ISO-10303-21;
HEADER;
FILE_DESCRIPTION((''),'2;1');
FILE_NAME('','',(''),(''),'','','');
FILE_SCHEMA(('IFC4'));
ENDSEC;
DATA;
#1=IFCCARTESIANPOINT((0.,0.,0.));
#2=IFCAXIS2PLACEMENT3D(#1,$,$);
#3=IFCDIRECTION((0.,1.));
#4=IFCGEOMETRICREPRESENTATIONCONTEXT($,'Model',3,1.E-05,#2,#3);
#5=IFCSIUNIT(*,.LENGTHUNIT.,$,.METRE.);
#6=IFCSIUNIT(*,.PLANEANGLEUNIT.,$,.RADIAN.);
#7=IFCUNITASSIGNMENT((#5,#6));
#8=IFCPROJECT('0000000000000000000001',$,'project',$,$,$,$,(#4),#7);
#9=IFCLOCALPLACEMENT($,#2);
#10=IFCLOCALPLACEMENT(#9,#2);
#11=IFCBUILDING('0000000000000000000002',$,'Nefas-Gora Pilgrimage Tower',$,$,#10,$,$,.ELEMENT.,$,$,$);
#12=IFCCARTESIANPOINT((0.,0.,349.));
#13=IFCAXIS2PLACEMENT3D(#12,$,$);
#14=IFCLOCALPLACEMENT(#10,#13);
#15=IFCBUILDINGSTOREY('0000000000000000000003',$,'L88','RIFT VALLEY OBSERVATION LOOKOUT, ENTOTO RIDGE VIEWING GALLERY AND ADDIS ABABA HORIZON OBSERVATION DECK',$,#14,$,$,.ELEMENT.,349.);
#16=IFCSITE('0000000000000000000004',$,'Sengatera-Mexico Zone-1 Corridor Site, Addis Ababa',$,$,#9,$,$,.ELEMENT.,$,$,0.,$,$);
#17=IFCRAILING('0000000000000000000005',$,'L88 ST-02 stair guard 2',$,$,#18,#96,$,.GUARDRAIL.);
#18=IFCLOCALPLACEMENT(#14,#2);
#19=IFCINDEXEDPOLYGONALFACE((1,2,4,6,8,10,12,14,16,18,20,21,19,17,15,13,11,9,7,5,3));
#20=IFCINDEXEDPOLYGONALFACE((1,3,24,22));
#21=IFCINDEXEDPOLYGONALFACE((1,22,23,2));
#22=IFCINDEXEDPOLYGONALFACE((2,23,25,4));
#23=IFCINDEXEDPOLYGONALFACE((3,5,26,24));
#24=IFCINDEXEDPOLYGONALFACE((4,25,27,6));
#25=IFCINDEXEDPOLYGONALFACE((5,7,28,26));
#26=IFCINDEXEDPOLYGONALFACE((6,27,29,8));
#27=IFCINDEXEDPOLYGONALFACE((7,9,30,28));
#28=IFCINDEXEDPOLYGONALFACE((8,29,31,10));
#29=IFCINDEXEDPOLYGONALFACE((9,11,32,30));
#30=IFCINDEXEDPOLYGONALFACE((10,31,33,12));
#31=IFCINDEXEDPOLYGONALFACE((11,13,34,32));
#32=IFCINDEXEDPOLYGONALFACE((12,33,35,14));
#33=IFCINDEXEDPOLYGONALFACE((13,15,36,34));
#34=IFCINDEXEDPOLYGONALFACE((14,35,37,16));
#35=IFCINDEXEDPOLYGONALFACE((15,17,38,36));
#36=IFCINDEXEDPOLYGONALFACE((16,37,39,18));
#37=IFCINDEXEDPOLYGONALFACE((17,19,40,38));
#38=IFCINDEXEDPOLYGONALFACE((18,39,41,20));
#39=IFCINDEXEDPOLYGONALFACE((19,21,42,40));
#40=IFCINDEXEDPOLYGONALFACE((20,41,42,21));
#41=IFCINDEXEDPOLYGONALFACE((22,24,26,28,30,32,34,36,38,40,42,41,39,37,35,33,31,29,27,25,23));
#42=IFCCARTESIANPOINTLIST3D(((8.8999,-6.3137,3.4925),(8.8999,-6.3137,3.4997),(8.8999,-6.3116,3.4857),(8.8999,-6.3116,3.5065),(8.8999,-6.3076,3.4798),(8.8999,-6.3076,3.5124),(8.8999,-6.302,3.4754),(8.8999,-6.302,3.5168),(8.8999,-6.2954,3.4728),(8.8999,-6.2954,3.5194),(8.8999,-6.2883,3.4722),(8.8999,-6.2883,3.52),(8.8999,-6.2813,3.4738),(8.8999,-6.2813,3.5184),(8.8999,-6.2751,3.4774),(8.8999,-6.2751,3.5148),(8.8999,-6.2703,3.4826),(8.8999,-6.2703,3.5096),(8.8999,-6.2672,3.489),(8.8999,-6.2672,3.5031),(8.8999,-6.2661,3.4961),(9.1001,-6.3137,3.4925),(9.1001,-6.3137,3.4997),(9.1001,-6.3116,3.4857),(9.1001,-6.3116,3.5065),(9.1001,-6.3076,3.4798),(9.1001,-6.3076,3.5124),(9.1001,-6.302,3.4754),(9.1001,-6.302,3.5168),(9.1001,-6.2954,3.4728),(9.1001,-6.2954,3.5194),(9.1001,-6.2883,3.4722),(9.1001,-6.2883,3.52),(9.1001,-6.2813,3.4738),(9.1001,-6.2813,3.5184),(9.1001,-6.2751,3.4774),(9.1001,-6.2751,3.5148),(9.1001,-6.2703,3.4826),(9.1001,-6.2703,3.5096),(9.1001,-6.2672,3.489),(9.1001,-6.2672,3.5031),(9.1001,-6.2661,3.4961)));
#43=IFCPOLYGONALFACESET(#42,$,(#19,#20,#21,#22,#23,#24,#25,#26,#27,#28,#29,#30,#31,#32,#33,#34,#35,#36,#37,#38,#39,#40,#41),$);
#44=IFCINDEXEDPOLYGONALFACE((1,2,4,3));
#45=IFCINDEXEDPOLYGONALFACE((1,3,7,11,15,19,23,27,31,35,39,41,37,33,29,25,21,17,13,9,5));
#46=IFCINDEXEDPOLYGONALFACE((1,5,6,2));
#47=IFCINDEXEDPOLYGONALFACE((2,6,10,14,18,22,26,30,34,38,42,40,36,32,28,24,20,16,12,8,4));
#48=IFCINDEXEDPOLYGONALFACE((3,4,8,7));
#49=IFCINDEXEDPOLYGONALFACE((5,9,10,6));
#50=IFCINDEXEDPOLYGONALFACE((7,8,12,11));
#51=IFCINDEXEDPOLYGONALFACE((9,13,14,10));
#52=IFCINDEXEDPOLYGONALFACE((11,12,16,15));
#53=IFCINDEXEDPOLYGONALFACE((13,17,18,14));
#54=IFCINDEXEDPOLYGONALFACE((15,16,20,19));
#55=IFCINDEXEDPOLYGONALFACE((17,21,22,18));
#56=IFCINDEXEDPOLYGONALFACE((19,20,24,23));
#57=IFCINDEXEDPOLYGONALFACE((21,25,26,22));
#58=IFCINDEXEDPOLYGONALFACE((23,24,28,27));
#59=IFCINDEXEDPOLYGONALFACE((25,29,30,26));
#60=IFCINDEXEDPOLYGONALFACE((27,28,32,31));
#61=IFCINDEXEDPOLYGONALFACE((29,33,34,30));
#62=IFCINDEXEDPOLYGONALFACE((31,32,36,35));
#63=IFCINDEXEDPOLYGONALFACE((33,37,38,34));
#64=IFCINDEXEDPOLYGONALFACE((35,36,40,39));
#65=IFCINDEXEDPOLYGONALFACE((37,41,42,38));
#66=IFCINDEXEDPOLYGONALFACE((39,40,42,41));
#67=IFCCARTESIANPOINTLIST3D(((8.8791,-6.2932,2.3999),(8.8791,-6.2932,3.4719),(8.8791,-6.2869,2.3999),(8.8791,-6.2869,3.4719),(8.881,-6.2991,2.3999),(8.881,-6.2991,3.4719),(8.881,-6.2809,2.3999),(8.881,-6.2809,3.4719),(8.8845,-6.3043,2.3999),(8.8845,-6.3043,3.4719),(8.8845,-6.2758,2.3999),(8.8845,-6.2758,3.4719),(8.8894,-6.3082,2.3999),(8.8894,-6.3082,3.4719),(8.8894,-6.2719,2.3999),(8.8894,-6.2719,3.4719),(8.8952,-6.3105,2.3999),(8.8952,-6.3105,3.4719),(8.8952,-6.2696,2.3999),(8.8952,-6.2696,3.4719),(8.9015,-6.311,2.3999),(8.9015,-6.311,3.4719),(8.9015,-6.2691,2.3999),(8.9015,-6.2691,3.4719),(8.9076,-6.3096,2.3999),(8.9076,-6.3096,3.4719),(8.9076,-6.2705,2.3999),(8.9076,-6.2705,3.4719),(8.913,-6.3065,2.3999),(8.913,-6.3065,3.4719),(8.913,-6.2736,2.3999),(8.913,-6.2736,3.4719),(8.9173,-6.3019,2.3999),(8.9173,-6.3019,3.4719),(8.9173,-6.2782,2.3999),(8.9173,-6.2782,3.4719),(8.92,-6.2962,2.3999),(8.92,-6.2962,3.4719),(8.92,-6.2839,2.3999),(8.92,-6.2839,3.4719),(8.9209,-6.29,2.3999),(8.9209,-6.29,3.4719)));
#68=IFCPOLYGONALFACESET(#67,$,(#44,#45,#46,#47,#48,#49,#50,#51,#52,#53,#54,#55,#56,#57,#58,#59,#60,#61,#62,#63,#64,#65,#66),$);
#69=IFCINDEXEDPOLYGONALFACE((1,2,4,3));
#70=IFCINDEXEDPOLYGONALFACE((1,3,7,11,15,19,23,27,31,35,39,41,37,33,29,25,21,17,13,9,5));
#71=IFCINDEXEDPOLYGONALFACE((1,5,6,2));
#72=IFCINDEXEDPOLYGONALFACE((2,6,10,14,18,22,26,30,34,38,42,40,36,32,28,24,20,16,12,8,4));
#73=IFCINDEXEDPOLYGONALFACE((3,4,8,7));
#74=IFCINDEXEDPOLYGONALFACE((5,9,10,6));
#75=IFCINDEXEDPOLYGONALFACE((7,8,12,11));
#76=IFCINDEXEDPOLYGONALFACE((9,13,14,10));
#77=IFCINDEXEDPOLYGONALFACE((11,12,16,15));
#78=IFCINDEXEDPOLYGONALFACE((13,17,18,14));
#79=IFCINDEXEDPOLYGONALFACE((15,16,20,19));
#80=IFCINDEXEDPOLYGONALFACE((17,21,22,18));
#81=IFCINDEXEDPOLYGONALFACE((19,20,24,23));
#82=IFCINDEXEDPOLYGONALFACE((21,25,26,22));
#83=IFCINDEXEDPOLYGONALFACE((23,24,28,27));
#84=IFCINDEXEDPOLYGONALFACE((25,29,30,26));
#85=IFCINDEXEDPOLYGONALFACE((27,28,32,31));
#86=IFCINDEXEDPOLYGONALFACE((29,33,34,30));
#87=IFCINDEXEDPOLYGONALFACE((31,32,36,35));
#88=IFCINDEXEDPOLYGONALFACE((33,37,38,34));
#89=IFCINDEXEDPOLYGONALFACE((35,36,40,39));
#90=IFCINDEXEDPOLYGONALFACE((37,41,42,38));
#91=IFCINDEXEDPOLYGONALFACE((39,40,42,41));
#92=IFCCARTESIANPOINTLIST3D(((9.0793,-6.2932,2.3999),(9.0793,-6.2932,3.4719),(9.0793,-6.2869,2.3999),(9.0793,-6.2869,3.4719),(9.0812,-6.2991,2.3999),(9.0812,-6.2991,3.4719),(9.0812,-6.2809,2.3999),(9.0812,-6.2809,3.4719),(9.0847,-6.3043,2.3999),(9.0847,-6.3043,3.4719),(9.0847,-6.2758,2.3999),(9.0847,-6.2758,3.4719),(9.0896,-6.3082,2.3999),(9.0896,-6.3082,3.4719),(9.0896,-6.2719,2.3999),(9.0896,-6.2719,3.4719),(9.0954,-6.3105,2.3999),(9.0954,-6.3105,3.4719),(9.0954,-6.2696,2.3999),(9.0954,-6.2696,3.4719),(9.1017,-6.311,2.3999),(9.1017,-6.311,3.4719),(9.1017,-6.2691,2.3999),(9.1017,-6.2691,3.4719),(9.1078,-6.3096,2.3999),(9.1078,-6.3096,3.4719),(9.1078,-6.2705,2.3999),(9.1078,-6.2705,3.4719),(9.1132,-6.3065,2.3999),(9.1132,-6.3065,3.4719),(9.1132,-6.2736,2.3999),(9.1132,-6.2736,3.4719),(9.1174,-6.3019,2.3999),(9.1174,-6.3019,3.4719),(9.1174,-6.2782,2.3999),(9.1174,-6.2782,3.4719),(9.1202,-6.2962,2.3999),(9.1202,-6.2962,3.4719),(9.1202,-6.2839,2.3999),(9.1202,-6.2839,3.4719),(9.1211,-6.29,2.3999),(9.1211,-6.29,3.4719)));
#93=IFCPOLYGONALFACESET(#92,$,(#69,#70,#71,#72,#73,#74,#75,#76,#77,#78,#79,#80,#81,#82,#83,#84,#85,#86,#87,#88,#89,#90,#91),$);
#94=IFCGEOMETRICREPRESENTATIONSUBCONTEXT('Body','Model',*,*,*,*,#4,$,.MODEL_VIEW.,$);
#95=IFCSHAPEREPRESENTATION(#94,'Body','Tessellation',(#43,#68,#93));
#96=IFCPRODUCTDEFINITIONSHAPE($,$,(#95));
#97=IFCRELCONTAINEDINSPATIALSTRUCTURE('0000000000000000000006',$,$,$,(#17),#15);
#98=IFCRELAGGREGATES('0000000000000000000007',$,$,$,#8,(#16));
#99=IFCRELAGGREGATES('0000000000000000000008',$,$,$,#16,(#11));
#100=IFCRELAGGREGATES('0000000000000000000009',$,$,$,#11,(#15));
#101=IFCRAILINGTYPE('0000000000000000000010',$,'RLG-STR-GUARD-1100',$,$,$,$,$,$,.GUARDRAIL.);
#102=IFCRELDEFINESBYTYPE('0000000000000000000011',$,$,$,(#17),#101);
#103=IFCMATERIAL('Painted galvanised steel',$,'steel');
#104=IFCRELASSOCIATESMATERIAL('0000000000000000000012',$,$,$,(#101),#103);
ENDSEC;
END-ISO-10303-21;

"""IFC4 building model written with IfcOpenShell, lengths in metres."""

from ifc_helpers import new_model, si_unit, direction, frame, origin, origin_2d, place, context, subcontext, project, spatial, circle, extrude, material, type_object, element, save


model = new_model("IFC4")

# Units and contexts
model_context = context("Model", 3, precision=1e-05, world=origin(), true_north=direction((0.0, 1.0)))
body_context = subcontext(model_context, "Body", "Model", "MODEL_VIEW")
ifc_project = project(units=[si_unit("LENGTHUNIT", "METRE"), si_unit("PLANEANGLEUNIT", "RADIAN")], contexts=[model_context])

# Site, building, storey
site_placement = place(None, origin())
site = spatial("IfcSite", under=ifc_project, at=site_placement, Name="Sengatera-Mexico Zone-1 Corridor Site, Addis Ababa", CompositionType="ELEMENT", RefElevation=0.0)
building_placement = place(site_placement, origin())
building = spatial("IfcBuilding", under=site, at=building_placement, Name="Nefas-Gora Pilgrimage Tower", CompositionType="ELEMENT")
storey_placement = place(building_placement, frame((0.0, 0.0, 349.0)))
storey = spatial("IfcBuildingStorey", under=building, at=storey_placement, Name="L88", Description="RIFT VALLEY OBSERVATION LOOKOUT, ENTOTO RIDGE VIEWING GALLERY AND ADDIS ABABA HORIZON OBSERVATION DECK", CompositionType="ELEMENT", Elevation=349.0)

# Railing
ifc_material_1 = material(Name="Painted galvanised steel", Category="steel")
railing_type_1 = type_object("IfcRailingType", Name="RLG-STR-GUARD-1100", PredefinedType="GUARDRAIL", material=ifc_material_1)
railing_1_placement = place(storey_placement, frame((8.8999, -6.29, 2.3999)))
element("IfcRailing", 1, at=railing_1_placement, inside=storey, type_object=railing_type_1, Name="L88 ST-02 stair guard 2", PredefinedType="GUARDRAIL", context=body_context, shape_type="SweptSolid", body=[
    extrude(circle(Radius=0.0239, at=origin_2d()), frame((0.0, 0.0, 1.0962), z_axis=(1.0, 0.0, 0.0), x_axis=(0.0, 1.0, 0.0)), (0.0, 0.0, 1.0), 0.2002),
    extrude(circle(Radius=0.021, at=origin_2d()), origin(), (0.0, 0.0, 1.0), 1.072),
    extrude(circle(Radius=0.021, at=origin_2d()), frame((0.2002, 0.0, 0.0)), (0.0, 0.0, 1.0), 1.072),
])

save(model, "model.ifc")
